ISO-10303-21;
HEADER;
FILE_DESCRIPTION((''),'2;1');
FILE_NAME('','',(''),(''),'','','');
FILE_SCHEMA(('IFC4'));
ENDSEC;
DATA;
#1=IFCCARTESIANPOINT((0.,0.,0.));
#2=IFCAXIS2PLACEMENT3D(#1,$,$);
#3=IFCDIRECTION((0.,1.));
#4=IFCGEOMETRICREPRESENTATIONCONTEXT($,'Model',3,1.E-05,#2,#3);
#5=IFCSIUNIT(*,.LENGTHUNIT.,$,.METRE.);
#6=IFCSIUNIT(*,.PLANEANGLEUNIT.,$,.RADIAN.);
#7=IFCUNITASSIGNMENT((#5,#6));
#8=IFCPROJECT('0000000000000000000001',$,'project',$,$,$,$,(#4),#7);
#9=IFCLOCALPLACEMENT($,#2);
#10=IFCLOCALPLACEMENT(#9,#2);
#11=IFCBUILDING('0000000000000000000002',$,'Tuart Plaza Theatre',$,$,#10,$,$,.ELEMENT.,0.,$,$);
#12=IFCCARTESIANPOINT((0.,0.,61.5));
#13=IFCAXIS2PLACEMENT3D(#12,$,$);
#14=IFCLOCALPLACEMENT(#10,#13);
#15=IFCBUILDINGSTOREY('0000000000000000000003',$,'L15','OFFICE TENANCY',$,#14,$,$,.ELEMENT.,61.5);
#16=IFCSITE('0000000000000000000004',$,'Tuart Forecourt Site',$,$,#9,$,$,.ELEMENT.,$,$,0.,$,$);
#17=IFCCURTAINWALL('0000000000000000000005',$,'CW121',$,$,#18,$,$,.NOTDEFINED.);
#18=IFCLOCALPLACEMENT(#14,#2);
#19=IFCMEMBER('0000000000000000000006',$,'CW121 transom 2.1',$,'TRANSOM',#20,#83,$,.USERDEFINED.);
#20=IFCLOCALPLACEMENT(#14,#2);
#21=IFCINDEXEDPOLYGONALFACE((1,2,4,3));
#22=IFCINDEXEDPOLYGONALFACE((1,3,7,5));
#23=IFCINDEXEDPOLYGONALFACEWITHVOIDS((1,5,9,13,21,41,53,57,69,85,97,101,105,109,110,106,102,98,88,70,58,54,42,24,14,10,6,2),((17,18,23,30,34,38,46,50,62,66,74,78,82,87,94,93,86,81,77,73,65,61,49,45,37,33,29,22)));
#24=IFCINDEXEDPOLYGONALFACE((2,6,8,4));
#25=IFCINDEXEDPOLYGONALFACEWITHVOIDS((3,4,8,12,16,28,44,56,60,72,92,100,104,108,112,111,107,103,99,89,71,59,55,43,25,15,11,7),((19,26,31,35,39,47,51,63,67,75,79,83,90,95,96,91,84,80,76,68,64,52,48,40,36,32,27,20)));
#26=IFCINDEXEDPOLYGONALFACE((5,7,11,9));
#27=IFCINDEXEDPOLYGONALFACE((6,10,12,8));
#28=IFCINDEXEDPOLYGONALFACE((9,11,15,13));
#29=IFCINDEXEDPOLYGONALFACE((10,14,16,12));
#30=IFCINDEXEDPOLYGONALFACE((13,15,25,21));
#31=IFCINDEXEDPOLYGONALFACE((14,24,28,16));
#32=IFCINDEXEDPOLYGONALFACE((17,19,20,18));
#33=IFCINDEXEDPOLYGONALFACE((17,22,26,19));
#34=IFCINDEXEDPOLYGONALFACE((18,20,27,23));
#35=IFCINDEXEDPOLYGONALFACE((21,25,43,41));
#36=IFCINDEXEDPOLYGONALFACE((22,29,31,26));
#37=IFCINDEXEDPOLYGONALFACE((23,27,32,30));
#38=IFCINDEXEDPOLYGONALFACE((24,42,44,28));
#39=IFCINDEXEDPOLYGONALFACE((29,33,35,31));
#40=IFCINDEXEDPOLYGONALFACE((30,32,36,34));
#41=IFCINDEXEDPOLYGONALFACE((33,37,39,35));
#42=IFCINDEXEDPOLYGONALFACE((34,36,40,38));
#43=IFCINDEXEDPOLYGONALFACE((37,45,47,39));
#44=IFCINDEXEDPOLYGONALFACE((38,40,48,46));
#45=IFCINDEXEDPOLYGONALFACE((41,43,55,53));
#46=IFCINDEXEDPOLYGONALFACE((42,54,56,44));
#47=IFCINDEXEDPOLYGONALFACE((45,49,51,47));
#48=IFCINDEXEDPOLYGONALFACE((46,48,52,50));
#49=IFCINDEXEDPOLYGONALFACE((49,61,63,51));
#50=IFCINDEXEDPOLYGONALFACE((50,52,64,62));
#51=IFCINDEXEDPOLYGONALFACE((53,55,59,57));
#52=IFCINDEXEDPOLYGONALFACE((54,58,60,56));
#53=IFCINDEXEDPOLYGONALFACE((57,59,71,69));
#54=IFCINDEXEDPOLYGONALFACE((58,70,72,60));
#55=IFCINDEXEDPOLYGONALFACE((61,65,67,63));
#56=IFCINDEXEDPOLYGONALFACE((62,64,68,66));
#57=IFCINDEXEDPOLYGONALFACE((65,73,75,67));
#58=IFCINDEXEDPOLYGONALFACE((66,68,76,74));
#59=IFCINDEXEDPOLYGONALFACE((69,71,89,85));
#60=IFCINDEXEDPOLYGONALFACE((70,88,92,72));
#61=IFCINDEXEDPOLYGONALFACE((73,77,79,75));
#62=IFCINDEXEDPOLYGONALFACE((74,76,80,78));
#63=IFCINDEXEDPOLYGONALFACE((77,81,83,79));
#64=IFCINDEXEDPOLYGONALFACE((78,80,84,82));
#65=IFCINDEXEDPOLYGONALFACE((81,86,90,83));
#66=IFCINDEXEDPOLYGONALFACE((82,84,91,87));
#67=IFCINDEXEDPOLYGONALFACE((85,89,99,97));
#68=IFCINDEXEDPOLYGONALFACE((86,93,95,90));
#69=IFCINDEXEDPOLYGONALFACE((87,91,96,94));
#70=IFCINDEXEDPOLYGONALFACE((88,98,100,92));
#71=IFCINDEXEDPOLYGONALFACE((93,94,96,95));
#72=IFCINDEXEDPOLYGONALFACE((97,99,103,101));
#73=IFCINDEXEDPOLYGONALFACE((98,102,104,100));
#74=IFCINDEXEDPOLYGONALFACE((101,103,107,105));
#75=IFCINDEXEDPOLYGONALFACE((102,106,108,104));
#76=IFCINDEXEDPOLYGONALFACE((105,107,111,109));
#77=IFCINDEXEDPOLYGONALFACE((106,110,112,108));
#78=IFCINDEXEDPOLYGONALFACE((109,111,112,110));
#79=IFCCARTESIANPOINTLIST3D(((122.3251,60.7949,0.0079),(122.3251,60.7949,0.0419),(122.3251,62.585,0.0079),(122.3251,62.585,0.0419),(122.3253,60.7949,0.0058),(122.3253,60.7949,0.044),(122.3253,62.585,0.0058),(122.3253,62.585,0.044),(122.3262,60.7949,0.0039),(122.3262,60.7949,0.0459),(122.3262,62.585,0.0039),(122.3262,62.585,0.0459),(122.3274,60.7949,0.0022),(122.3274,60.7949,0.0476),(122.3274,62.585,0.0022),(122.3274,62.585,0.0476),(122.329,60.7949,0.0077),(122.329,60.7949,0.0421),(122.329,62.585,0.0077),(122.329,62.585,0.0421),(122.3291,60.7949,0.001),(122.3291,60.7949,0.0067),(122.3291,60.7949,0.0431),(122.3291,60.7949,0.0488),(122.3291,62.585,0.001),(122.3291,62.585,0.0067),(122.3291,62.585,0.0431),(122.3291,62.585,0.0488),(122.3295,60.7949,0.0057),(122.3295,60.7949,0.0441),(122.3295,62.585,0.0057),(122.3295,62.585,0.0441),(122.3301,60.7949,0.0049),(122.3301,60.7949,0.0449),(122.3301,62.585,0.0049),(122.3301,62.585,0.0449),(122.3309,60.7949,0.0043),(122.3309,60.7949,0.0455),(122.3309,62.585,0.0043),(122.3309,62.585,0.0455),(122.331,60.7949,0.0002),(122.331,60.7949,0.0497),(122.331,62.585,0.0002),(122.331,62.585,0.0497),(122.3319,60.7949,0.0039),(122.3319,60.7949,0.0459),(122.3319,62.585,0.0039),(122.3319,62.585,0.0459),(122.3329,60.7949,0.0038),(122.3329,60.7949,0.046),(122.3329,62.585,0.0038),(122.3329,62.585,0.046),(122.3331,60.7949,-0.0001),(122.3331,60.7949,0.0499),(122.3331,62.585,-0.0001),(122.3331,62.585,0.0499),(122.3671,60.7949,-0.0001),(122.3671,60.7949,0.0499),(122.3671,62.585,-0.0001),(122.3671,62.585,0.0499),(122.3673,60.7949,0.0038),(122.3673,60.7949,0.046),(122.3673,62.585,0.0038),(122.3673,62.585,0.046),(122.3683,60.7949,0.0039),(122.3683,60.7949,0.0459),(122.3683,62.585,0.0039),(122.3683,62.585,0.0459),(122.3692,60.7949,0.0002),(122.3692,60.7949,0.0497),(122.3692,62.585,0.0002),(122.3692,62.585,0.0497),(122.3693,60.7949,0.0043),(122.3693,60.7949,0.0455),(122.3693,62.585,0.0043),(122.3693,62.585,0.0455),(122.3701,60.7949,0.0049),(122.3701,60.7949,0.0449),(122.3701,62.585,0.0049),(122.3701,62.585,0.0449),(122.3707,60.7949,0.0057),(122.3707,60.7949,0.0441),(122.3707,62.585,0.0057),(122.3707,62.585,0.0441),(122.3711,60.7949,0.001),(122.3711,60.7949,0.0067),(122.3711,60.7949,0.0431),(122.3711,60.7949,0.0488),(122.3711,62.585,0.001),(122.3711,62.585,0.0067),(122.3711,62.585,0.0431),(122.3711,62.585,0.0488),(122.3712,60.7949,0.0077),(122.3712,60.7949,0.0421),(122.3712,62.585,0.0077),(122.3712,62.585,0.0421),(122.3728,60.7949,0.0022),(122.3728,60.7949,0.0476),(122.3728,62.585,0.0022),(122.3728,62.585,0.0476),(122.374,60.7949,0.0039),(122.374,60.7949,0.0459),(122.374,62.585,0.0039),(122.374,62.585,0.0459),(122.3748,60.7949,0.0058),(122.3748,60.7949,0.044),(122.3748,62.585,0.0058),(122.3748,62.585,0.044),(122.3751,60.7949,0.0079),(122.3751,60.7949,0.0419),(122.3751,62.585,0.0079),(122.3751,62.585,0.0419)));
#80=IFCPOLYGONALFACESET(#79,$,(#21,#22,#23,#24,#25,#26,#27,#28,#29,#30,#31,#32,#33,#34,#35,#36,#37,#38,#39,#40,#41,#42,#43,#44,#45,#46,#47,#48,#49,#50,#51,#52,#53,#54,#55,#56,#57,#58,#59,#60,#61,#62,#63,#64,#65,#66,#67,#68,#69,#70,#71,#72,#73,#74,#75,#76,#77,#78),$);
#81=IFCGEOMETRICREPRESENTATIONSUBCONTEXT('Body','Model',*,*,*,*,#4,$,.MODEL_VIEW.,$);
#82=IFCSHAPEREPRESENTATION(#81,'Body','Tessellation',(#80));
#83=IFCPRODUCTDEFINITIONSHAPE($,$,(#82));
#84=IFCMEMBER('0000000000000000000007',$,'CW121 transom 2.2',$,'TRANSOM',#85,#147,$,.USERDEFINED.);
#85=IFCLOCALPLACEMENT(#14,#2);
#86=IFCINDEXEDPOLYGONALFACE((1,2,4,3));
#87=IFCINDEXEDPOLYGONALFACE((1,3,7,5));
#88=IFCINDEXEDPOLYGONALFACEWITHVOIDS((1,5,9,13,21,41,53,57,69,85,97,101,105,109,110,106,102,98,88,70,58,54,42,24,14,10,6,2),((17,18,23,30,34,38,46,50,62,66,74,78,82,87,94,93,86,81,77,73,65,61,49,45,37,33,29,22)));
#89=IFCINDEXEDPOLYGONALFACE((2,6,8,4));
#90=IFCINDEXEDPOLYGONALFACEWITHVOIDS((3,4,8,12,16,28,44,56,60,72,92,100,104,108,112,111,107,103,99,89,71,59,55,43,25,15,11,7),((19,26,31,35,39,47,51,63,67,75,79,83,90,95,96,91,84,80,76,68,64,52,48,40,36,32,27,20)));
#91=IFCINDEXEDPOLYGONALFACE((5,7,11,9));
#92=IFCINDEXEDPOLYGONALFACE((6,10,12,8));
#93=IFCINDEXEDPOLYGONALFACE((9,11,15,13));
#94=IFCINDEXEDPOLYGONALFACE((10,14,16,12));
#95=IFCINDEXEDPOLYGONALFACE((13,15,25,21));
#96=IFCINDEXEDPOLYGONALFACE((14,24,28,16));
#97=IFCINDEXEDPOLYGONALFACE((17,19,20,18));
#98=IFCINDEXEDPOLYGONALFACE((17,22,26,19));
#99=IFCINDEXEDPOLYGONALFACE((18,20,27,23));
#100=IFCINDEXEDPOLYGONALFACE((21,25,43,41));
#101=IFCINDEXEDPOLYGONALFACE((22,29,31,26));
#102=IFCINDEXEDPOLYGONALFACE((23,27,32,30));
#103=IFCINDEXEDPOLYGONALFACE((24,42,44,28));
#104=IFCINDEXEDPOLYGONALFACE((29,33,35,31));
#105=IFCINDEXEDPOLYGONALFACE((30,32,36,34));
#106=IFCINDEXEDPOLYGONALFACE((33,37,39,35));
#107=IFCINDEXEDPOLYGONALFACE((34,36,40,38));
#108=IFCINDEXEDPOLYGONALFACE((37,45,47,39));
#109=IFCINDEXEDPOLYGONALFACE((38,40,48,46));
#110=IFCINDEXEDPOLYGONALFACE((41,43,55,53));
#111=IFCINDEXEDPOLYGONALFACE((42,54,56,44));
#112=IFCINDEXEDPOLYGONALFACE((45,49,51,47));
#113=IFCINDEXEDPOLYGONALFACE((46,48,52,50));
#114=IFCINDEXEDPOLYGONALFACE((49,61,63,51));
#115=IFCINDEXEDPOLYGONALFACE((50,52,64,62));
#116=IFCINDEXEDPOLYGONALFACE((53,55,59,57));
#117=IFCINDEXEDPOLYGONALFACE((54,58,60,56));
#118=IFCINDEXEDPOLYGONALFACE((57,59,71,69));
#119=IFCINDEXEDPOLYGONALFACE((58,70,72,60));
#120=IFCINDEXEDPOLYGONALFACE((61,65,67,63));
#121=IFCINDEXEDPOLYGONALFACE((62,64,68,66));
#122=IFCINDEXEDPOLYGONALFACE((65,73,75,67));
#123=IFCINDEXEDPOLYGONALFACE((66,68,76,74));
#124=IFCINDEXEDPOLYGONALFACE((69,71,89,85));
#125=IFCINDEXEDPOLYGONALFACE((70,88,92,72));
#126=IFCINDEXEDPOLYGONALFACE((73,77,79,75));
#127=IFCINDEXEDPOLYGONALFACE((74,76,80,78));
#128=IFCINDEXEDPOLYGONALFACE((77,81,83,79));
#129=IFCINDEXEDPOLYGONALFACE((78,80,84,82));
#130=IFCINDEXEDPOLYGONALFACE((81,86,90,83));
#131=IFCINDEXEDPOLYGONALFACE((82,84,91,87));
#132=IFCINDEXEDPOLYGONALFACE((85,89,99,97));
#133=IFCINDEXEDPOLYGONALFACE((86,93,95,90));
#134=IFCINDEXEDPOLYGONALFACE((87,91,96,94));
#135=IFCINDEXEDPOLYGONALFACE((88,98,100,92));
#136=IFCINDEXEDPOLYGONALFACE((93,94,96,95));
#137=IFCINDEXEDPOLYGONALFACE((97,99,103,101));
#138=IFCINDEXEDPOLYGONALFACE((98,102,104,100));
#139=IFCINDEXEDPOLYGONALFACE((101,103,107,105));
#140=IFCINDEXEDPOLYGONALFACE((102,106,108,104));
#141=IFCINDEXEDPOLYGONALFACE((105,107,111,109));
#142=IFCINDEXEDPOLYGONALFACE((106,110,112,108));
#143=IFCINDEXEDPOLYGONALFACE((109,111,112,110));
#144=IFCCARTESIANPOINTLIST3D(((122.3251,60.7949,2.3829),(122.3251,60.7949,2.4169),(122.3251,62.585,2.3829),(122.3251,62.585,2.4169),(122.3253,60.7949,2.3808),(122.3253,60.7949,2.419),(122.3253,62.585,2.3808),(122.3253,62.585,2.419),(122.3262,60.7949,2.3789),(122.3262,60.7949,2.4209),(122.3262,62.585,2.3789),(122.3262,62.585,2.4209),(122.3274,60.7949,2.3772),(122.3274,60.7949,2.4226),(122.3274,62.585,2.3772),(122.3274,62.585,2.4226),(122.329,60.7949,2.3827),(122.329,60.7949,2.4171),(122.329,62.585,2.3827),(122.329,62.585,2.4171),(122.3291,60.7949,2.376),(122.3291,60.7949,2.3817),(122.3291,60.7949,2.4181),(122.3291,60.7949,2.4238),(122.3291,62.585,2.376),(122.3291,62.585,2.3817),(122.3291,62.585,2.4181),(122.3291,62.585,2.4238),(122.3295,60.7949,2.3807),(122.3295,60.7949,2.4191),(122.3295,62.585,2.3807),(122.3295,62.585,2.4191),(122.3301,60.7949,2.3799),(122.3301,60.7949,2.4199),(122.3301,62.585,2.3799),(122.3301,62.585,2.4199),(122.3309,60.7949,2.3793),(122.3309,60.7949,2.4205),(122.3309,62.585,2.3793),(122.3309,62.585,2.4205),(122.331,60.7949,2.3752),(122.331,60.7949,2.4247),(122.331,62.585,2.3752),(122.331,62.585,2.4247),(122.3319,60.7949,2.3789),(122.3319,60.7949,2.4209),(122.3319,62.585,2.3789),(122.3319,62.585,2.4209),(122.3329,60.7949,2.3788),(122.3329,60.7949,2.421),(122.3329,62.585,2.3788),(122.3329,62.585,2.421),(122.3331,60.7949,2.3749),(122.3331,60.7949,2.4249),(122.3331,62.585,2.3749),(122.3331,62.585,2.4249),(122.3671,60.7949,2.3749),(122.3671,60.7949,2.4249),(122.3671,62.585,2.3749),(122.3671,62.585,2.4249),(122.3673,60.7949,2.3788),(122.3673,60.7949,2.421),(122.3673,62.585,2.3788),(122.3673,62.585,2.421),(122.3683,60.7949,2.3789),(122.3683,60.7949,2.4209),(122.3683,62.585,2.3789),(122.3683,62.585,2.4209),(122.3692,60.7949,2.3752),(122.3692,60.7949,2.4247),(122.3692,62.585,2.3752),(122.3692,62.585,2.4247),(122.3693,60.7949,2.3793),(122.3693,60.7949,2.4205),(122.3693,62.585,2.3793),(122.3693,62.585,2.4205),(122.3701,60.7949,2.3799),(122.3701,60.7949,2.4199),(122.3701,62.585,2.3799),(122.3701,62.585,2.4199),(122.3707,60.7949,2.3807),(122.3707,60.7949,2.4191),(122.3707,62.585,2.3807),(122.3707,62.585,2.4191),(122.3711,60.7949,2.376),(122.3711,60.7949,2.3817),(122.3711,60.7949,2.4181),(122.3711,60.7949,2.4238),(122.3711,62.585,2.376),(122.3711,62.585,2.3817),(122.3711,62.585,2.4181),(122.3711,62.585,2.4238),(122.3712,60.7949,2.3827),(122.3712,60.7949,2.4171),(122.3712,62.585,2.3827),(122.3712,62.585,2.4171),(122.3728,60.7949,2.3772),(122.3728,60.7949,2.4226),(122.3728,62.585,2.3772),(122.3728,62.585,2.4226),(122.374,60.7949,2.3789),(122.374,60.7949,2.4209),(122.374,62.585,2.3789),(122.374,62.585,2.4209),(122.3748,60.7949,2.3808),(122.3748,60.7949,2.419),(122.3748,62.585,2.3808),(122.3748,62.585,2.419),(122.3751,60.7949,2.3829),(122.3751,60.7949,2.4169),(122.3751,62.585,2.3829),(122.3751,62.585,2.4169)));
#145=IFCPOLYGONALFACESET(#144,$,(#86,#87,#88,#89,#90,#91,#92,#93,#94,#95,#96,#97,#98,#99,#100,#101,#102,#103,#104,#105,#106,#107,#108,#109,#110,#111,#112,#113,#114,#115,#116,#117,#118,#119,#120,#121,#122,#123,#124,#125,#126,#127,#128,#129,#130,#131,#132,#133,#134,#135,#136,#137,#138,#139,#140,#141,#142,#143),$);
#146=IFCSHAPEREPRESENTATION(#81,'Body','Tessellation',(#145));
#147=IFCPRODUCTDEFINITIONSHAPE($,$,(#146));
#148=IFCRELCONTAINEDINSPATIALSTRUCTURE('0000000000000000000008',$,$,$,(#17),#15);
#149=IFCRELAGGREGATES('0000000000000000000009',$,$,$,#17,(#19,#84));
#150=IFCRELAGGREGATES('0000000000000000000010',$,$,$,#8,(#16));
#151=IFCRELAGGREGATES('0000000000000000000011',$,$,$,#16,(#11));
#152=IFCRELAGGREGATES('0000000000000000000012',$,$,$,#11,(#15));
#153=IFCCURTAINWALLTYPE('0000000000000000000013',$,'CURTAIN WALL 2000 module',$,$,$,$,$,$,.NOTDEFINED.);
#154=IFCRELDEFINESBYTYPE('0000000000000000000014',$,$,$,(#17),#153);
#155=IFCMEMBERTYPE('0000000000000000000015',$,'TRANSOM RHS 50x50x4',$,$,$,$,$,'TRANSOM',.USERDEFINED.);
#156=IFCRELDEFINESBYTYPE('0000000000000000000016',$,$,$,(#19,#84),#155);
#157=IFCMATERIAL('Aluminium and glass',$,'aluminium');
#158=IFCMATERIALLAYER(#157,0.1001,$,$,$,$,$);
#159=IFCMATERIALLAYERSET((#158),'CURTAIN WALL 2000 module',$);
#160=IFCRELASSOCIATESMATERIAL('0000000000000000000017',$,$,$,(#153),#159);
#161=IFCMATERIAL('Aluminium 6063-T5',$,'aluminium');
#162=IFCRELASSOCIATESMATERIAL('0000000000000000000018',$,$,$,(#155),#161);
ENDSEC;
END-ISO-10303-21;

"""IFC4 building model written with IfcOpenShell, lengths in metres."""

from ifc_helpers import new_model, si_unit, direction, frame, origin, origin_2d, place, context, subcontext, project, spatial, hollow_rectangle, extrude, material, layer, layer_set, material_profile, profile_set, type_object, element, aggregate, save


model = new_model("IFC4")

# Units and contexts
model_context = context("Model", 3, precision=1e-05, world=origin(), true_north=direction((0.0, 1.0)))
body_context = subcontext(model_context, "Body", "Model", "MODEL_VIEW")
ifc_project = project(units=[si_unit("LENGTHUNIT", "METRE"), si_unit("PLANEANGLEUNIT", "RADIAN")], contexts=[model_context])

# Site, building, storey
site_placement = place(None, origin())
site = spatial("IfcSite", under=ifc_project, at=site_placement, Name="Tuart Forecourt Site", CompositionType="ELEMENT", RefElevation=0.0)
building_placement = place(site_placement, origin())
building = spatial("IfcBuilding", under=site, at=building_placement, Name="Tuart Plaza Theatre", CompositionType="ELEMENT", ElevationOfRefHeight=0.0)
storey_placement = place(building_placement, frame((0.0, 0.0, 61.5)))
storey = spatial("IfcBuildingStorey", under=building, at=storey_placement, Name="L15", Description="OFFICE TENANCY", CompositionType="ELEMENT", Elevation=61.5)

# Curtain wall, members
ifc_material_1 = material(Name="Aluminium and glass", Category="aluminium")
ifc_layer_1 = layer(ifc_material_1, 0.1001)
ifc_layer_set_1 = layer_set([ifc_layer_1], Name="CURTAIN WALL 2000 module")
curtain_wall_type = type_object("IfcCurtainWallType", Name="CURTAIN WALL 2000 module", PredefinedType="NOTDEFINED", material=ifc_layer_set_1)
curtain_wall_placement = place(storey_placement, origin())
curtain_wall = element("IfcCurtainWall", 1, at=curtain_wall_placement, inside=storey, type_object=curtain_wall_type, Name="CW121", PredefinedType="NOTDEFINED")
ifc_material_2 = material(Name="Aluminium 6063-T5", Category="aluminium")
ifc_material_profile_1 = material_profile(ifc_material_2, hollow_rectangle(XDim=0.05, YDim=0.05, WallThickness=0.0039, InnerFilletRadius=0.0039, OuterFilletRadius=0.0081, at=origin_2d()), Name="RHS 50x50x4")
ifc_profile_set_1 = profile_set([ifc_material_profile_1], Name="Aluminium 6063-T5")
member_type_1 = type_object("IfcMemberType", Name="TRANSOM RHS 50x50x4", ElementType="TRANSOM", PredefinedType="USERDEFINED", material=ifc_profile_set_1)
member_1_placement = place(storey_placement, frame((122.3501, 62.585, 0.0249), z_axis=(0.0, -1.0, 0.0), x_axis=(1.0, 0.0, 0.0)))
member_1 = element("IfcMember", 2, at=member_1_placement, type_object=member_type_1, Name="CW121 transom 2.1", ObjectType="TRANSOM", PredefinedType="USERDEFINED", context=body_context, shape_type="SweptSolid", body=[
    extrude(hollow_rectangle(XDim=0.05, YDim=0.05, WallThickness=0.0039, InnerFilletRadius=0.0039, OuterFilletRadius=0.0081, at=origin_2d()), origin(), (0.0, 0.0, 1.0), 1.79),
])
member_2_placement = place(storey_placement, frame((122.3501, 62.585, 2.3999), z_axis=(0.0, -1.0, 0.0), x_axis=(1.0, 0.0, 0.0)))
member_2 = element("IfcMember", 3, at=member_2_placement, type_object=member_type_1, Name="CW121 transom 2.2", ObjectType="TRANSOM", PredefinedType="USERDEFINED", context=body_context, shape_type="SweptSolid", body=[
    extrude(hollow_rectangle(XDim=0.05, YDim=0.05, WallThickness=0.0039, InnerFilletRadius=0.0039, OuterFilletRadius=0.0081, at=origin_2d()), origin(), (0.0, 0.0, 1.0), 1.79),
])
aggregate(curtain_wall, [member_1, member_2])

save(model, "model.ifc")
